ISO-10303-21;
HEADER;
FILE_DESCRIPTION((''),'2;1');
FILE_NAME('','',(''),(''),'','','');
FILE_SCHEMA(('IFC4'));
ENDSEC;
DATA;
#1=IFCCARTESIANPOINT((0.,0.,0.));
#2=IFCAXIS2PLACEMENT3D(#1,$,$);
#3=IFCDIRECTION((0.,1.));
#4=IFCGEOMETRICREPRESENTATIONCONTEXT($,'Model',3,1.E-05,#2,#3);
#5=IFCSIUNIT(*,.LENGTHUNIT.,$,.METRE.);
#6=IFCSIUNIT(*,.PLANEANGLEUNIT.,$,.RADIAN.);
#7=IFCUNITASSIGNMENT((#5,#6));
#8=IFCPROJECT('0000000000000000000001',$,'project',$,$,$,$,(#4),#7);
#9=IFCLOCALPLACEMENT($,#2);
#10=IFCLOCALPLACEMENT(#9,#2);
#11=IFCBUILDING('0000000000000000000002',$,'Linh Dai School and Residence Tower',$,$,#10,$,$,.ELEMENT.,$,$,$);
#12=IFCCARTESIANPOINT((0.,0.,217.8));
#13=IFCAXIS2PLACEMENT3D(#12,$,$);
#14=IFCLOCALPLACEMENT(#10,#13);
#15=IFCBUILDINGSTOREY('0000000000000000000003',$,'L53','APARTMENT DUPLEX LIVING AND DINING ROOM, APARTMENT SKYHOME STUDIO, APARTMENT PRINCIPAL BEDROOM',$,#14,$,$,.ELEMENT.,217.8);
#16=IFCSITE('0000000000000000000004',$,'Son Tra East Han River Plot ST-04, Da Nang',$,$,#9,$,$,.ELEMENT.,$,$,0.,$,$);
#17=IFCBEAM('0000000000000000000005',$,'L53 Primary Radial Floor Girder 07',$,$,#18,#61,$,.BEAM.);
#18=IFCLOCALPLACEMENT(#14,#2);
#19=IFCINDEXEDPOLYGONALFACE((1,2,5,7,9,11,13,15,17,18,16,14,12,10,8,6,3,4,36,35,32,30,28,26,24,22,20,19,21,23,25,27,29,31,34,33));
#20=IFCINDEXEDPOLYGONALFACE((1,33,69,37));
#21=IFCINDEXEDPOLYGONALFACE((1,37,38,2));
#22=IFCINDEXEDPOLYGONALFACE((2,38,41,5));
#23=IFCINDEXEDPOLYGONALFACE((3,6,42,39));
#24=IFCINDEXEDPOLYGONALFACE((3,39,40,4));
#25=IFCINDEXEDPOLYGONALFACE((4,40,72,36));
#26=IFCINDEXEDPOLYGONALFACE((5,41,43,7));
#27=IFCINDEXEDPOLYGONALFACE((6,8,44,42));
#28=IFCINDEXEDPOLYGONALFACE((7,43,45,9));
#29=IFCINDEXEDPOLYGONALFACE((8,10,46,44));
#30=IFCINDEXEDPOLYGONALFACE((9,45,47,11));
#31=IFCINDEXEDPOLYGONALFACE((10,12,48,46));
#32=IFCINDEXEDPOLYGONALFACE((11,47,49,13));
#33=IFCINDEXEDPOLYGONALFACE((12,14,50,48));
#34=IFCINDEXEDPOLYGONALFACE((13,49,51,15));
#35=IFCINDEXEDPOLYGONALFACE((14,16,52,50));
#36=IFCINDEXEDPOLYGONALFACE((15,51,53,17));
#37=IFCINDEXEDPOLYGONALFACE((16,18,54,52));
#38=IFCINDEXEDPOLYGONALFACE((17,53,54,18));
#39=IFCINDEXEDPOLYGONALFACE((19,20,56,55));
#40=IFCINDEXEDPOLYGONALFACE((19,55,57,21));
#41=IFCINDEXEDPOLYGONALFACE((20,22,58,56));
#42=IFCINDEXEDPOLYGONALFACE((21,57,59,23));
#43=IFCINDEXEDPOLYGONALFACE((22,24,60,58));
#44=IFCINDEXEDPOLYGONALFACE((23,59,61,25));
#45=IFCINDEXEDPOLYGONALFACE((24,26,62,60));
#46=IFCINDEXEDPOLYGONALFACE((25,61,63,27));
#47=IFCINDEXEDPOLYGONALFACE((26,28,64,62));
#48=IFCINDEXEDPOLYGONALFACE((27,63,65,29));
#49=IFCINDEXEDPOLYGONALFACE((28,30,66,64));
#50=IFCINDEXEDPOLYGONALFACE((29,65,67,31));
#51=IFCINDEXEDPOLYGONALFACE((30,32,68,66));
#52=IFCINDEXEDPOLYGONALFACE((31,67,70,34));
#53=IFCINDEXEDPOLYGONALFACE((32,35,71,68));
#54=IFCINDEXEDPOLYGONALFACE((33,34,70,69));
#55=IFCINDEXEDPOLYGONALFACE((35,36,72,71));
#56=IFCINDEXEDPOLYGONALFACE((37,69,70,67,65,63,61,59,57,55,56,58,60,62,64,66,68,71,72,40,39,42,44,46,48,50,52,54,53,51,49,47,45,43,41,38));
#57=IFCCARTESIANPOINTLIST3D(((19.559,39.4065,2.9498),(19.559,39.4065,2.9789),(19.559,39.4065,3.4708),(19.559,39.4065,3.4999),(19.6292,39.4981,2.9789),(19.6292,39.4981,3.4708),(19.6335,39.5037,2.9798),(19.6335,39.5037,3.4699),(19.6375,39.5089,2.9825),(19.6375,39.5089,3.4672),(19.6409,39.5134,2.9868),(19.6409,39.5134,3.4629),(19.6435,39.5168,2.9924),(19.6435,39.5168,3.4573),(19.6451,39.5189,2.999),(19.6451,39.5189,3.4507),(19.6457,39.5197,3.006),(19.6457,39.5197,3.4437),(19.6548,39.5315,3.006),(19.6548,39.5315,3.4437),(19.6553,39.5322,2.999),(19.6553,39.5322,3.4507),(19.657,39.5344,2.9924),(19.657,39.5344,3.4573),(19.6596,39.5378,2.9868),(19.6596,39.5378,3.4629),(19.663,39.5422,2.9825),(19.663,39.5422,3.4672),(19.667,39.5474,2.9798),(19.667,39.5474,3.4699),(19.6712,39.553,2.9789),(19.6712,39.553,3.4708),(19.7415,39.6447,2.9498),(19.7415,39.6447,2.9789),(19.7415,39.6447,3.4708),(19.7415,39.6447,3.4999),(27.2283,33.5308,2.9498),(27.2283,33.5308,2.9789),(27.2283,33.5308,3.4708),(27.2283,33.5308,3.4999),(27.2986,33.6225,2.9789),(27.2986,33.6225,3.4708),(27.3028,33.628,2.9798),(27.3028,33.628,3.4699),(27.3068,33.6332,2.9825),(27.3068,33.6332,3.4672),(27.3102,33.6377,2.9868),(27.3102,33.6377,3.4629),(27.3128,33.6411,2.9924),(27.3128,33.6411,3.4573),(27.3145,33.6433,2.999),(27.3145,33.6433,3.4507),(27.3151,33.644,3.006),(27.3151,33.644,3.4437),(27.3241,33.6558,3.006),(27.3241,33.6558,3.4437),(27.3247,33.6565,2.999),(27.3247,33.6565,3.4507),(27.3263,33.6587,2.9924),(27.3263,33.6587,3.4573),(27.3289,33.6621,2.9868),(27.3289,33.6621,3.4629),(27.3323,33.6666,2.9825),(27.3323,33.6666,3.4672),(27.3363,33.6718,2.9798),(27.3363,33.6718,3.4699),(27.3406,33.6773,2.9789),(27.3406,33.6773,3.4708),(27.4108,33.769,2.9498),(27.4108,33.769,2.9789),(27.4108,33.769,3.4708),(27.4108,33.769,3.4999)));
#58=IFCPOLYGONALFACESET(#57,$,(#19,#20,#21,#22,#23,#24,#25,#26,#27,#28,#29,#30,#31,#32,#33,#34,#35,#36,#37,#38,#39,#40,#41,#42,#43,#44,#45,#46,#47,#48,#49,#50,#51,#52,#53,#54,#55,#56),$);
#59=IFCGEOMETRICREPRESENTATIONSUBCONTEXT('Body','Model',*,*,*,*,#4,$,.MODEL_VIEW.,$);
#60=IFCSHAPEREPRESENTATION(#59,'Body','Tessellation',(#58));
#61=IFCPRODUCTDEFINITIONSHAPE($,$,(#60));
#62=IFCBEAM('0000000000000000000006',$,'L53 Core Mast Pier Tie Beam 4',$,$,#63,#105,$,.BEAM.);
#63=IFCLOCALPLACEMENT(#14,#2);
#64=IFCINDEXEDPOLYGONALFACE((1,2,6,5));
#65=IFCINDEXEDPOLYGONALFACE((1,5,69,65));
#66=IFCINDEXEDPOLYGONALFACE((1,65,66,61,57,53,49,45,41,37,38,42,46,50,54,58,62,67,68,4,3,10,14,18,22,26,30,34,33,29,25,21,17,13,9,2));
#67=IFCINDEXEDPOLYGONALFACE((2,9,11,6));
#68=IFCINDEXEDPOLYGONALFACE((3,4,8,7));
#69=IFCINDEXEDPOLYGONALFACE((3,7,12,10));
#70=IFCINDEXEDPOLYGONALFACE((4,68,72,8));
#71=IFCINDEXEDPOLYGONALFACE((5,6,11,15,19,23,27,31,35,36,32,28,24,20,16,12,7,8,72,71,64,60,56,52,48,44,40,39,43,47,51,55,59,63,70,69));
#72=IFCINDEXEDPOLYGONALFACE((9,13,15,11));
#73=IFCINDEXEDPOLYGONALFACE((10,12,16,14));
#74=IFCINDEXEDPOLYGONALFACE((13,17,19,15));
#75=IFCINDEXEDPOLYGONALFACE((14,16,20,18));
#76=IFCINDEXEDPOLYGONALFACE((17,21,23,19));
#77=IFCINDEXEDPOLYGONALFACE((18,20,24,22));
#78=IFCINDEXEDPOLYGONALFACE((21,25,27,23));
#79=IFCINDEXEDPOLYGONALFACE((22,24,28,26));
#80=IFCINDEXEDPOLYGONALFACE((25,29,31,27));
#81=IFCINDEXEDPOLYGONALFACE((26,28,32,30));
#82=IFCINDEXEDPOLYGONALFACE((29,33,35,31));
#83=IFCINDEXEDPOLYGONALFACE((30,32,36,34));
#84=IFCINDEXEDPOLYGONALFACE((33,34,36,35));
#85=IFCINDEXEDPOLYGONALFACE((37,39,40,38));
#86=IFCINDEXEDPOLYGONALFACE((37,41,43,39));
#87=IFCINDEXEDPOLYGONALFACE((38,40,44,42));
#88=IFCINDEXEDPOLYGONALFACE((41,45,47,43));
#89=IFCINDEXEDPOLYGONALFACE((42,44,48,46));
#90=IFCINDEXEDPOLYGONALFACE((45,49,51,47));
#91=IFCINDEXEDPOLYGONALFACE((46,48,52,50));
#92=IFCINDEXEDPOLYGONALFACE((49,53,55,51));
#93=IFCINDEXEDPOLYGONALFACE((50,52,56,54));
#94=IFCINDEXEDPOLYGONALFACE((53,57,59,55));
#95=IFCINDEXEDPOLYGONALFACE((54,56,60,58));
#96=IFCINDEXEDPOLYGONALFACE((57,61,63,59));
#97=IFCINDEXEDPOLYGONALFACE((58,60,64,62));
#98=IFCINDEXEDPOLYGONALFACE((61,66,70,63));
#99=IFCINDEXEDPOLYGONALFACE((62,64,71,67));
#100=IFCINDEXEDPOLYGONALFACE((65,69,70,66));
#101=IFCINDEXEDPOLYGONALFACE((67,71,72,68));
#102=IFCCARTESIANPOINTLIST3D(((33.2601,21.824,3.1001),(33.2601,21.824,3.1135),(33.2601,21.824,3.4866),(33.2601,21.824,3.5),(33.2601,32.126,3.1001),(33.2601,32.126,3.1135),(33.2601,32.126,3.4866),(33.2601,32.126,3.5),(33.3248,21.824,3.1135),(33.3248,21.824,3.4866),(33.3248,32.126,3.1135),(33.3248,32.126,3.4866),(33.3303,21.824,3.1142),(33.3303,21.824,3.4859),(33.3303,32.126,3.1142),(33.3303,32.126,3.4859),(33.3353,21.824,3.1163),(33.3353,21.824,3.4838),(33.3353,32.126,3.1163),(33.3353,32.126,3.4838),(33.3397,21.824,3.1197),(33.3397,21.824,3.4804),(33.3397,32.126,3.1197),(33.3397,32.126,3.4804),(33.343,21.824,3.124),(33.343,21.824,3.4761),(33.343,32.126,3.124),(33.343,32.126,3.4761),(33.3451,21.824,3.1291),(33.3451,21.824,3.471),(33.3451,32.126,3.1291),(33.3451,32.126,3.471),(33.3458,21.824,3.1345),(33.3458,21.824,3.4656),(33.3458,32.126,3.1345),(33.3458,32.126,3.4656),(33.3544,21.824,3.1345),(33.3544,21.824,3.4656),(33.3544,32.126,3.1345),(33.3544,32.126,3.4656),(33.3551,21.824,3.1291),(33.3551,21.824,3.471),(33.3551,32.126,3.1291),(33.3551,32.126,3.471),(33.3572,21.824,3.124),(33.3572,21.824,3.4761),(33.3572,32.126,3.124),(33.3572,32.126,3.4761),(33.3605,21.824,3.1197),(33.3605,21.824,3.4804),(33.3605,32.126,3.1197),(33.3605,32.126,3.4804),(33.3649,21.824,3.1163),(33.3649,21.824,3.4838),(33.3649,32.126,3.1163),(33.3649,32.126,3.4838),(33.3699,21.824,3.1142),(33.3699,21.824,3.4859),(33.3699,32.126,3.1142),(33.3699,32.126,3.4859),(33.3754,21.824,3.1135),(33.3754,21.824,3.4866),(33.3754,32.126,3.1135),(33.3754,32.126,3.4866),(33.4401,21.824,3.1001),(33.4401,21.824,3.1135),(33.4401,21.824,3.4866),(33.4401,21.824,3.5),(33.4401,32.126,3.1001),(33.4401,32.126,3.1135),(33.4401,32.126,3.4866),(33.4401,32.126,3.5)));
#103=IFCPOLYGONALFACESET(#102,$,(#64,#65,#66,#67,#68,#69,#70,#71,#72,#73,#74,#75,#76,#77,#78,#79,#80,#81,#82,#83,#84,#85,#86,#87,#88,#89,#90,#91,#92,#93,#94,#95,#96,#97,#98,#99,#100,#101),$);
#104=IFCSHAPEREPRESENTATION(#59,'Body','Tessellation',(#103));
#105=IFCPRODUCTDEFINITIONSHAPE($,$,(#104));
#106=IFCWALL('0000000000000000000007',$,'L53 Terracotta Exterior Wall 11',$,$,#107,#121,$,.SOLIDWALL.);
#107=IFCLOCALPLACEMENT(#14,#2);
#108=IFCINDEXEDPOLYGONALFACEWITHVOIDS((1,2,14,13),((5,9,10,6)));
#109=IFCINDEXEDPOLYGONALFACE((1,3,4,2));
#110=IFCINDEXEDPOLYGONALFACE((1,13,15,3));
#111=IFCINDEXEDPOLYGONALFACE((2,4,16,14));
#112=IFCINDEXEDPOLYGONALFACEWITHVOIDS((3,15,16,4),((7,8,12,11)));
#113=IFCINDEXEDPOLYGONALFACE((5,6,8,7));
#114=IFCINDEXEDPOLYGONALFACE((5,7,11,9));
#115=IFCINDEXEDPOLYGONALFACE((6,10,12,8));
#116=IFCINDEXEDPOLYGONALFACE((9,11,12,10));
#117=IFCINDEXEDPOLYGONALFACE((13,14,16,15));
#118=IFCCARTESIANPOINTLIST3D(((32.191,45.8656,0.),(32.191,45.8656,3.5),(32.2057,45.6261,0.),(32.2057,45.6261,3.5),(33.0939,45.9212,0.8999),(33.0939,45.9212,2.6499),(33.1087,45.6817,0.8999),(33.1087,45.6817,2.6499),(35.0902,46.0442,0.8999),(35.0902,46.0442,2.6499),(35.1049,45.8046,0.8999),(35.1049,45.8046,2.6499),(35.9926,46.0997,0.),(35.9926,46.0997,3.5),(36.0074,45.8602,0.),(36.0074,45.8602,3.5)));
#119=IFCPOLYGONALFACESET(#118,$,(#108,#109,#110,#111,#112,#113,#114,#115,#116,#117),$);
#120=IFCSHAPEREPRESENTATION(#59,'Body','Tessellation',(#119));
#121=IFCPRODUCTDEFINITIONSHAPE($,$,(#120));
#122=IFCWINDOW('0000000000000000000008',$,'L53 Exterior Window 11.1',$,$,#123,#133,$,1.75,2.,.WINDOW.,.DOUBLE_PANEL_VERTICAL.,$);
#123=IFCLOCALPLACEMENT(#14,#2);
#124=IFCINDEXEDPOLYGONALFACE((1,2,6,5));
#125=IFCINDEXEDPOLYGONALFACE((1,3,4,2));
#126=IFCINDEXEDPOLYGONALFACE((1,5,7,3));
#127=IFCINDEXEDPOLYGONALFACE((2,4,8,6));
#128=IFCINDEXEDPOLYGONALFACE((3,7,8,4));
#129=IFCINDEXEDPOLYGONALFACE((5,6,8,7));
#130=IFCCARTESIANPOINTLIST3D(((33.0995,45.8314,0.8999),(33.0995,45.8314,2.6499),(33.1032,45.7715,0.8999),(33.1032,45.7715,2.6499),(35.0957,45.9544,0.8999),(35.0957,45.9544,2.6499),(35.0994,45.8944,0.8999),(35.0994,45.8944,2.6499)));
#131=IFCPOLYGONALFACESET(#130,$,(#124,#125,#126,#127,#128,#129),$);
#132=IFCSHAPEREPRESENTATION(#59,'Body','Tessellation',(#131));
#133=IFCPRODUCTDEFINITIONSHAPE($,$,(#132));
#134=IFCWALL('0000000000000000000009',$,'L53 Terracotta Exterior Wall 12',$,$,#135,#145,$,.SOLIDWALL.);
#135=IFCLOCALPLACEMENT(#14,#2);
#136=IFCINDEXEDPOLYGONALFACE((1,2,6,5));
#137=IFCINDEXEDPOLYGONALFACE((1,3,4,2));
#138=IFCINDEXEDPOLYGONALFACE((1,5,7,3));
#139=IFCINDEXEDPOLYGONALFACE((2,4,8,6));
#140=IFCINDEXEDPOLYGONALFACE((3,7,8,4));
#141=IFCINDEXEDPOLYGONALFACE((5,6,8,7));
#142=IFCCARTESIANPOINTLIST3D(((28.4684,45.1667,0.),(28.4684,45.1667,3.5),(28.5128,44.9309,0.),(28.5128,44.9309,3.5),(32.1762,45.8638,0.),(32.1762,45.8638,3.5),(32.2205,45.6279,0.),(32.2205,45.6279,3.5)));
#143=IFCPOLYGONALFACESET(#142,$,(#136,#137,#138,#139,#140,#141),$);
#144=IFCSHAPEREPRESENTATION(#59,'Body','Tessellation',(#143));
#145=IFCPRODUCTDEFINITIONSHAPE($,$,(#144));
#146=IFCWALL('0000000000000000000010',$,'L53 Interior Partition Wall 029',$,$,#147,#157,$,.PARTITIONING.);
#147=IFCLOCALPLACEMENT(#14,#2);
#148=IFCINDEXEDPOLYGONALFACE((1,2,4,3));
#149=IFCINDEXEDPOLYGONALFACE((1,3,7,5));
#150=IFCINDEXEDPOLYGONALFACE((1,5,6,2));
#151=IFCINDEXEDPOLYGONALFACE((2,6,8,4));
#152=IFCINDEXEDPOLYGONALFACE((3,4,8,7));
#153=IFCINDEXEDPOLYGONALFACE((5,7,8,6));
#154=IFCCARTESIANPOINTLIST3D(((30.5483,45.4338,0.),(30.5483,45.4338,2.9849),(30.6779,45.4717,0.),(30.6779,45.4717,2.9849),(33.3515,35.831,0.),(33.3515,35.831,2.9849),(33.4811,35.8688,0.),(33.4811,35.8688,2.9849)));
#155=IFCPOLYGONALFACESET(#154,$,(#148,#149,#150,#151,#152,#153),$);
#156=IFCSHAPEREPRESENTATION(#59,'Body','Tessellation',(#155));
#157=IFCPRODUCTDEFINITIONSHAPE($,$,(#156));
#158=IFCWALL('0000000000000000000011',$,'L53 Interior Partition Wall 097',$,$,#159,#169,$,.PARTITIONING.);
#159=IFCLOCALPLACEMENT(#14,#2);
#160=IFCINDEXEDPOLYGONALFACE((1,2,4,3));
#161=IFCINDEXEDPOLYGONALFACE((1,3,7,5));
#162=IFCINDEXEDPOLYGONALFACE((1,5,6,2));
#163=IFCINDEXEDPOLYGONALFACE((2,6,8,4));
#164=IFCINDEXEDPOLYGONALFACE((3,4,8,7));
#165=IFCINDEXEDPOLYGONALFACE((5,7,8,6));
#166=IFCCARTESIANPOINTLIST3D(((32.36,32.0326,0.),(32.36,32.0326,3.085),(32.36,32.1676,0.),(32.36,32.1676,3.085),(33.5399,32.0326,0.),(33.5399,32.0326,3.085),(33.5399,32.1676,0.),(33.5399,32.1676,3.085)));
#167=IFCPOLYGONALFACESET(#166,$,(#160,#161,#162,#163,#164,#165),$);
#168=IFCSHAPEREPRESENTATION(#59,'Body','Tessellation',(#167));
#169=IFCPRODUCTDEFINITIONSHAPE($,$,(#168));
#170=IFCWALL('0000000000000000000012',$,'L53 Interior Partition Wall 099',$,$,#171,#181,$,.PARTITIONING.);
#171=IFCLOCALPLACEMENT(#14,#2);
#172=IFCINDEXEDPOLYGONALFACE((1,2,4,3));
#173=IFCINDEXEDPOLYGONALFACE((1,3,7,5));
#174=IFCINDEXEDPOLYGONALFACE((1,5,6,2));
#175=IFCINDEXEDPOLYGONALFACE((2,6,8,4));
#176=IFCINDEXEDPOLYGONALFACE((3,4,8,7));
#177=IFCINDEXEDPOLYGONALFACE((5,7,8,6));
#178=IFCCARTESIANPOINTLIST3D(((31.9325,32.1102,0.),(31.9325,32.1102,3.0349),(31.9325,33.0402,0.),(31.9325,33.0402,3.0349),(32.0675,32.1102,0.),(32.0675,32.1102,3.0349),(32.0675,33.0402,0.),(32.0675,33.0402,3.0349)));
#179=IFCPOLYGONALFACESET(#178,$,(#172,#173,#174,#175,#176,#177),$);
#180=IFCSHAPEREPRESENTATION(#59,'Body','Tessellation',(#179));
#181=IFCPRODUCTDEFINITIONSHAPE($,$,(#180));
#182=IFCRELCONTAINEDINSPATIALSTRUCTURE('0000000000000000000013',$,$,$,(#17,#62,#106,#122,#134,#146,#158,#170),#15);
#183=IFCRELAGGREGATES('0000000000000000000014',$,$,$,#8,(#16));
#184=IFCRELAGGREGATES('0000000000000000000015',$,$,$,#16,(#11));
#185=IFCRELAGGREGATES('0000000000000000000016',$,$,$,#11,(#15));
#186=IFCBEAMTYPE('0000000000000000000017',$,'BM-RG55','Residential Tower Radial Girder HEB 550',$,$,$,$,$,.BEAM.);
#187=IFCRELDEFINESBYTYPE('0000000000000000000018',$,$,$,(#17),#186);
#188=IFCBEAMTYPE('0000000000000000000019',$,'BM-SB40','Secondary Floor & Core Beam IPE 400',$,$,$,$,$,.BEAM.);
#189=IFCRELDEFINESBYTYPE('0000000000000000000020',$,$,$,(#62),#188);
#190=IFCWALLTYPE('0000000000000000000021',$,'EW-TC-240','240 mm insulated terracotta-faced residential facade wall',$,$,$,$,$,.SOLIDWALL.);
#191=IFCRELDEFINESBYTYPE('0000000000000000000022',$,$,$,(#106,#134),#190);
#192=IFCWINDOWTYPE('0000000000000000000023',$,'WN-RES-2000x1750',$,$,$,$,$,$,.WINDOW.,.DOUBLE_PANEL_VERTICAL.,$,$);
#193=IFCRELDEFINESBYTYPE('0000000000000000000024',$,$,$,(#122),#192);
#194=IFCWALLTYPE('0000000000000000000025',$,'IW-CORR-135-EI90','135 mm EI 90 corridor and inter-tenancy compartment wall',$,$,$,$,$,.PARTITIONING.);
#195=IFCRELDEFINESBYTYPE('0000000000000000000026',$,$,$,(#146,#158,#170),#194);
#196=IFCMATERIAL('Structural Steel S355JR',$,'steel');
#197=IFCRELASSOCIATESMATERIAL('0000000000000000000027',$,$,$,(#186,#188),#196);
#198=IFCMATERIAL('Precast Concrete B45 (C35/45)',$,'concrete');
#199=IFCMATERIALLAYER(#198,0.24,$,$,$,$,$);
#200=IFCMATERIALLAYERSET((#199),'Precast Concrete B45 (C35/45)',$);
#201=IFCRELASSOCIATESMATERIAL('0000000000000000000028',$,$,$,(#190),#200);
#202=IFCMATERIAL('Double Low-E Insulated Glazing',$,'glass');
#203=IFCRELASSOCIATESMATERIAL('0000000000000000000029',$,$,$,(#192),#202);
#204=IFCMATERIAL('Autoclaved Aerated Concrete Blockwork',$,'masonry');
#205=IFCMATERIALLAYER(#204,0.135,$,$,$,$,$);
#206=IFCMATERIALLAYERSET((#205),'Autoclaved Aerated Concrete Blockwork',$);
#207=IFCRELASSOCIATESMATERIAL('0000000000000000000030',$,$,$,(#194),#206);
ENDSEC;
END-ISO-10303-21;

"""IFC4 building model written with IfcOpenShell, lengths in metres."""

from ifc_helpers import new_model, si_unit, direction, frame, frame_2d, origin, origin_2d, place, context, subcontext, project, spatial, rectangle, i_section, extrude, source, transform, mapped, material, layer, layer_set, material_profile, profile_set, type_object, element, fill, save


model = new_model("IFC4")

# Units and contexts
model_context = context("Model", 3, precision=1e-05, world=origin(), true_north=direction((0.0, 1.0)))
body_context = subcontext(model_context, "Body", "Model", "MODEL_VIEW")
ifc_project = project(units=[si_unit("LENGTHUNIT", "METRE"), si_unit("PLANEANGLEUNIT", "RADIAN")], contexts=[model_context])

# Site, building, storey
site_placement = place(None, origin())
site = spatial("IfcSite", under=ifc_project, at=site_placement, Name="Son Tra East Han River Plot ST-04, Da Nang", CompositionType="ELEMENT", RefElevation=0.0)
building_placement = place(site_placement, origin())
building = spatial("IfcBuilding", under=site, at=building_placement, Name="Linh Dai School and Residence Tower", CompositionType="ELEMENT")
storey_placement = place(building_placement, frame((0.0, 0.0, 217.8)))
storey = spatial("IfcBuildingStorey", under=building, at=storey_placement, Name="L53", Description="APARTMENT DUPLEX LIVING AND DINING ROOM, APARTMENT SKYHOME STUDIO, APARTMENT PRINCIPAL BEDROOM", CompositionType="ELEMENT", Elevation=217.8)

# Shared definitions
ifc_material_1 = material(Name="Structural Steel S355JR", Category="steel")

# Beams
ifc_material_profile_1 = material_profile(ifc_material_1, i_section(OverallWidth=0.3, OverallDepth=0.55, WebThickness=0.0149, FlangeThickness=0.0291, FilletRadius=0.0271, at=origin_2d()), Name="HEB 550")
ifc_profile_set_1 = profile_set([ifc_material_profile_1], Name="Structural Steel S355JR")
beam_type_1 = type_object("IfcBeamType", Name="BM-RG55", Description="Residential Tower Radial Girder HEB 550", PredefinedType="BEAM", material=ifc_profile_set_1)
beam_1_placement = place(storey_placement, frame((27.3196, 33.6499, 3.2249), z_axis=(-0.793815, 0.60816, 0.0), x_axis=(-0.60816, -0.793815, 0.0)))
element("IfcBeam", 1, at=beam_1_placement, inside=storey, type_object=beam_type_1, Name="L53 Primary Radial Floor Girder 07", PredefinedType="BEAM", context=body_context, shape_type="SweptSolid", body=[
    extrude(i_section(OverallWidth=0.3, OverallDepth=0.55, WebThickness=0.0149, FlangeThickness=0.0291, FilletRadius=0.0271, at=origin_2d()), origin(), (0.0, 0.0, 1.0), 9.6614),
])
ifc_material_profile_2 = material_profile(ifc_material_1, i_section(OverallWidth=0.1799, OverallDepth=0.3999, WebThickness=0.0085, FlangeThickness=0.0134, FilletRadius=0.021, at=origin_2d()), Name="IPE 400")
ifc_profile_set_2 = profile_set([ifc_material_profile_2], Name="Structural Steel S355JR")
beam_type_2 = type_object("IfcBeamType", Name="BM-SB40", Description="Secondary Floor & Core Beam IPE 400", PredefinedType="BEAM", material=ifc_profile_set_2)
beam_2_placement = place(storey_placement, frame((33.3501, 32.126, 3.3), z_axis=(0.0, -1.0, 0.0), x_axis=(1.0, 0.0, 0.0)))
element("IfcBeam", 2, at=beam_2_placement, inside=storey, type_object=beam_type_2, Name="L53 Core Mast Pier Tie Beam 4", PredefinedType="BEAM", context=body_context, shape_type="SweptSolid", body=[
    extrude(i_section(OverallWidth=0.1799, OverallDepth=0.3999, WebThickness=0.0085, FlangeThickness=0.0134, FilletRadius=0.021, at=origin_2d()), origin(), (0.0, 0.0, 1.0), 10.302),
])

# Wall, opening, window
ifc_material_2 = material(Name="Precast Concrete B45 (C35/45)", Category="concrete")
ifc_layer_1 = layer(ifc_material_2, 0.24)
ifc_layer_set_1 = layer_set([ifc_layer_1], Name="Precast Concrete B45 (C35/45)")
wall_type_1 = type_object("IfcWallType", Name="EW-TC-240", Description="240 mm insulated terracotta-faced residential facade wall", PredefinedType="SOLIDWALL", material=ifc_layer_set_1)
wall_1_placement = place(storey_placement, frame((32.1985, 45.7458, 0.0), z_axis=(0.0, 0.0, 1.0), x_axis=(0.998109, 0.061472, 0.0)))
wall_1 = element("IfcWall", 3, at=wall_1_placement, inside=storey, type_object=wall_type_1, Name="L53 Terracotta Exterior Wall 11", PredefinedType="SOLIDWALL", context=body_context, shape_type="SweptSolid", body=[
    extrude(rectangle(XDim=3.8088, YDim=0.24, at=frame_2d((1.9043, 0.0))), origin(), (0.0, 0.0, 1.0), 3.5),
])
opening_1_placement = place(wall_1_placement, frame((0.9045, 0.0, 0.8999)))
opening_1 = element("IfcOpeningElement", 4, at=opening_1_placement, cuts=wall_1, PredefinedType="OPENING", context=body_context, shape_type="SweptSolid", body=[
    extrude(rectangle(XDim=2.0, YDim=1.75, at=origin_2d()), frame((1.0, 0.1299, 0.875), z_axis=(0.0, -1.0, 0.0), x_axis=(1.0, 0.0, 0.0)), (0.0, 0.0, 1.0), 0.26),
])
ifc_material_3 = material(Name="Double Low-E Insulated Glazing", Category="glass")
window_type = type_object("IfcWindowType", Name="WN-RES-2000x1750", PartitioningType="DOUBLE_PANEL_VERTICAL", PredefinedType="WINDOW", material=ifc_material_3)
shared_shape_1 = source(origin(), body_context, "Body", "SweptSolid", [
    extrude(rectangle(XDim=2.0, YDim=1.75, at=origin_2d()), frame((1.0, 0.03, 0.875), z_axis=(0.0, -1.0, 0.0), x_axis=(1.0, 0.0, 0.0)), (0.0, 0.0, 1.0), 0.0601),
])
window_placement = place(opening_1_placement, origin())
window = element("IfcWindow", 5, at=window_placement, inside=storey, type_object=window_type, Name="L53 Exterior Window 11.1", OverallHeight=1.75, OverallWidth=2.0, PartitioningType="DOUBLE_PANEL_VERTICAL", PredefinedType="WINDOW", context=body_context, shape_type="MappedRepresentation", body=[
    mapped(shared_shape_1, transform((0.0, 0.0, 0.0), x_axis=(1.0, 0.0, 0.0), y_axis=(0.0, 1.0, 0.0), z_axis=(0.0, 0.0, 1.0), scale=1.0)),
])
fill(opening_1, window)

# Walls
wall_2_placement = place(storey_placement, frame((28.4907, 45.0488, 0.0), z_axis=(0.0, 0.0, 1.0), x_axis=(0.982785, 0.184753, 0.0)))
element("IfcWall", 6, at=wall_2_placement, inside=storey, type_object=wall_type_1, Name="L53 Terracotta Exterior Wall 12", PredefinedType="SOLIDWALL", context=body_context, shape_type="SweptSolid", body=[
    extrude(rectangle(XDim=3.7727, YDim=0.24, at=frame_2d((1.8862, 0.0))), origin(), (0.0, 0.0, 1.0), 3.5),
])
ifc_material_4 = material(Name="Autoclaved Aerated Concrete Blockwork", Category="masonry")
ifc_layer_2 = layer(ifc_material_4, 0.135)
ifc_layer_set_2 = layer_set([ifc_layer_2], Name="Autoclaved Aerated Concrete Blockwork")
wall_type_2 = type_object("IfcWallType", Name="IW-CORR-135-EI90", Description="135 mm EI 90 corridor and inter-tenancy compartment wall", PredefinedType="PARTITIONING", material=ifc_layer_set_2)
wall_3_placement = place(storey_placement, frame((30.613, 45.4529, 0.0), z_axis=(0.0, 0.0, 1.0), x_axis=(0.280222, -0.959935, 0.0)))
element("IfcWall", 7, at=wall_3_placement, inside=storey, type_object=wall_type_2, Name="L53 Interior Partition Wall 029", PredefinedType="PARTITIONING", context=body_context, shape_type="SweptSolid", body=[
    extrude(rectangle(XDim=10.0037, YDim=0.135, at=frame_2d((5.002, 0.0))), origin(), (0.0, 0.0, 1.0), 2.9849),
])
wall_4_placement = place(storey_placement, frame((32.3601, 32.1001, 0.0), z_axis=(0.0, 0.0, 1.0), x_axis=(1.0, 0.0, 0.0)))
element("IfcWall", 8, at=wall_4_placement, inside=storey, type_object=wall_type_2, Name="L53 Interior Partition Wall 097", PredefinedType="PARTITIONING", context=body_context, shape_type="SweptSolid", body=[
    extrude(rectangle(XDim=1.1799, YDim=0.135, at=frame_2d((0.5898, 0.0))), origin(), (0.0, 0.0, 1.0), 3.085),
])
wall_5_placement = place(storey_placement, frame((32.0, 33.04, 0.0), z_axis=(0.0, 0.0, 1.0), x_axis=(0.0, -1.0, 0.0)))
element("IfcWall", 9, at=wall_5_placement, inside=storey, type_object=wall_type_2, Name="L53 Interior Partition Wall 099", PredefinedType="PARTITIONING", context=body_context, shape_type="SweptSolid", body=[
    extrude(rectangle(XDim=0.9299, YDim=0.135, at=frame_2d((0.4648, 0.0))), origin(), (0.0, 0.0, 1.0), 3.0349),
])

save(model, "model.ifc")
